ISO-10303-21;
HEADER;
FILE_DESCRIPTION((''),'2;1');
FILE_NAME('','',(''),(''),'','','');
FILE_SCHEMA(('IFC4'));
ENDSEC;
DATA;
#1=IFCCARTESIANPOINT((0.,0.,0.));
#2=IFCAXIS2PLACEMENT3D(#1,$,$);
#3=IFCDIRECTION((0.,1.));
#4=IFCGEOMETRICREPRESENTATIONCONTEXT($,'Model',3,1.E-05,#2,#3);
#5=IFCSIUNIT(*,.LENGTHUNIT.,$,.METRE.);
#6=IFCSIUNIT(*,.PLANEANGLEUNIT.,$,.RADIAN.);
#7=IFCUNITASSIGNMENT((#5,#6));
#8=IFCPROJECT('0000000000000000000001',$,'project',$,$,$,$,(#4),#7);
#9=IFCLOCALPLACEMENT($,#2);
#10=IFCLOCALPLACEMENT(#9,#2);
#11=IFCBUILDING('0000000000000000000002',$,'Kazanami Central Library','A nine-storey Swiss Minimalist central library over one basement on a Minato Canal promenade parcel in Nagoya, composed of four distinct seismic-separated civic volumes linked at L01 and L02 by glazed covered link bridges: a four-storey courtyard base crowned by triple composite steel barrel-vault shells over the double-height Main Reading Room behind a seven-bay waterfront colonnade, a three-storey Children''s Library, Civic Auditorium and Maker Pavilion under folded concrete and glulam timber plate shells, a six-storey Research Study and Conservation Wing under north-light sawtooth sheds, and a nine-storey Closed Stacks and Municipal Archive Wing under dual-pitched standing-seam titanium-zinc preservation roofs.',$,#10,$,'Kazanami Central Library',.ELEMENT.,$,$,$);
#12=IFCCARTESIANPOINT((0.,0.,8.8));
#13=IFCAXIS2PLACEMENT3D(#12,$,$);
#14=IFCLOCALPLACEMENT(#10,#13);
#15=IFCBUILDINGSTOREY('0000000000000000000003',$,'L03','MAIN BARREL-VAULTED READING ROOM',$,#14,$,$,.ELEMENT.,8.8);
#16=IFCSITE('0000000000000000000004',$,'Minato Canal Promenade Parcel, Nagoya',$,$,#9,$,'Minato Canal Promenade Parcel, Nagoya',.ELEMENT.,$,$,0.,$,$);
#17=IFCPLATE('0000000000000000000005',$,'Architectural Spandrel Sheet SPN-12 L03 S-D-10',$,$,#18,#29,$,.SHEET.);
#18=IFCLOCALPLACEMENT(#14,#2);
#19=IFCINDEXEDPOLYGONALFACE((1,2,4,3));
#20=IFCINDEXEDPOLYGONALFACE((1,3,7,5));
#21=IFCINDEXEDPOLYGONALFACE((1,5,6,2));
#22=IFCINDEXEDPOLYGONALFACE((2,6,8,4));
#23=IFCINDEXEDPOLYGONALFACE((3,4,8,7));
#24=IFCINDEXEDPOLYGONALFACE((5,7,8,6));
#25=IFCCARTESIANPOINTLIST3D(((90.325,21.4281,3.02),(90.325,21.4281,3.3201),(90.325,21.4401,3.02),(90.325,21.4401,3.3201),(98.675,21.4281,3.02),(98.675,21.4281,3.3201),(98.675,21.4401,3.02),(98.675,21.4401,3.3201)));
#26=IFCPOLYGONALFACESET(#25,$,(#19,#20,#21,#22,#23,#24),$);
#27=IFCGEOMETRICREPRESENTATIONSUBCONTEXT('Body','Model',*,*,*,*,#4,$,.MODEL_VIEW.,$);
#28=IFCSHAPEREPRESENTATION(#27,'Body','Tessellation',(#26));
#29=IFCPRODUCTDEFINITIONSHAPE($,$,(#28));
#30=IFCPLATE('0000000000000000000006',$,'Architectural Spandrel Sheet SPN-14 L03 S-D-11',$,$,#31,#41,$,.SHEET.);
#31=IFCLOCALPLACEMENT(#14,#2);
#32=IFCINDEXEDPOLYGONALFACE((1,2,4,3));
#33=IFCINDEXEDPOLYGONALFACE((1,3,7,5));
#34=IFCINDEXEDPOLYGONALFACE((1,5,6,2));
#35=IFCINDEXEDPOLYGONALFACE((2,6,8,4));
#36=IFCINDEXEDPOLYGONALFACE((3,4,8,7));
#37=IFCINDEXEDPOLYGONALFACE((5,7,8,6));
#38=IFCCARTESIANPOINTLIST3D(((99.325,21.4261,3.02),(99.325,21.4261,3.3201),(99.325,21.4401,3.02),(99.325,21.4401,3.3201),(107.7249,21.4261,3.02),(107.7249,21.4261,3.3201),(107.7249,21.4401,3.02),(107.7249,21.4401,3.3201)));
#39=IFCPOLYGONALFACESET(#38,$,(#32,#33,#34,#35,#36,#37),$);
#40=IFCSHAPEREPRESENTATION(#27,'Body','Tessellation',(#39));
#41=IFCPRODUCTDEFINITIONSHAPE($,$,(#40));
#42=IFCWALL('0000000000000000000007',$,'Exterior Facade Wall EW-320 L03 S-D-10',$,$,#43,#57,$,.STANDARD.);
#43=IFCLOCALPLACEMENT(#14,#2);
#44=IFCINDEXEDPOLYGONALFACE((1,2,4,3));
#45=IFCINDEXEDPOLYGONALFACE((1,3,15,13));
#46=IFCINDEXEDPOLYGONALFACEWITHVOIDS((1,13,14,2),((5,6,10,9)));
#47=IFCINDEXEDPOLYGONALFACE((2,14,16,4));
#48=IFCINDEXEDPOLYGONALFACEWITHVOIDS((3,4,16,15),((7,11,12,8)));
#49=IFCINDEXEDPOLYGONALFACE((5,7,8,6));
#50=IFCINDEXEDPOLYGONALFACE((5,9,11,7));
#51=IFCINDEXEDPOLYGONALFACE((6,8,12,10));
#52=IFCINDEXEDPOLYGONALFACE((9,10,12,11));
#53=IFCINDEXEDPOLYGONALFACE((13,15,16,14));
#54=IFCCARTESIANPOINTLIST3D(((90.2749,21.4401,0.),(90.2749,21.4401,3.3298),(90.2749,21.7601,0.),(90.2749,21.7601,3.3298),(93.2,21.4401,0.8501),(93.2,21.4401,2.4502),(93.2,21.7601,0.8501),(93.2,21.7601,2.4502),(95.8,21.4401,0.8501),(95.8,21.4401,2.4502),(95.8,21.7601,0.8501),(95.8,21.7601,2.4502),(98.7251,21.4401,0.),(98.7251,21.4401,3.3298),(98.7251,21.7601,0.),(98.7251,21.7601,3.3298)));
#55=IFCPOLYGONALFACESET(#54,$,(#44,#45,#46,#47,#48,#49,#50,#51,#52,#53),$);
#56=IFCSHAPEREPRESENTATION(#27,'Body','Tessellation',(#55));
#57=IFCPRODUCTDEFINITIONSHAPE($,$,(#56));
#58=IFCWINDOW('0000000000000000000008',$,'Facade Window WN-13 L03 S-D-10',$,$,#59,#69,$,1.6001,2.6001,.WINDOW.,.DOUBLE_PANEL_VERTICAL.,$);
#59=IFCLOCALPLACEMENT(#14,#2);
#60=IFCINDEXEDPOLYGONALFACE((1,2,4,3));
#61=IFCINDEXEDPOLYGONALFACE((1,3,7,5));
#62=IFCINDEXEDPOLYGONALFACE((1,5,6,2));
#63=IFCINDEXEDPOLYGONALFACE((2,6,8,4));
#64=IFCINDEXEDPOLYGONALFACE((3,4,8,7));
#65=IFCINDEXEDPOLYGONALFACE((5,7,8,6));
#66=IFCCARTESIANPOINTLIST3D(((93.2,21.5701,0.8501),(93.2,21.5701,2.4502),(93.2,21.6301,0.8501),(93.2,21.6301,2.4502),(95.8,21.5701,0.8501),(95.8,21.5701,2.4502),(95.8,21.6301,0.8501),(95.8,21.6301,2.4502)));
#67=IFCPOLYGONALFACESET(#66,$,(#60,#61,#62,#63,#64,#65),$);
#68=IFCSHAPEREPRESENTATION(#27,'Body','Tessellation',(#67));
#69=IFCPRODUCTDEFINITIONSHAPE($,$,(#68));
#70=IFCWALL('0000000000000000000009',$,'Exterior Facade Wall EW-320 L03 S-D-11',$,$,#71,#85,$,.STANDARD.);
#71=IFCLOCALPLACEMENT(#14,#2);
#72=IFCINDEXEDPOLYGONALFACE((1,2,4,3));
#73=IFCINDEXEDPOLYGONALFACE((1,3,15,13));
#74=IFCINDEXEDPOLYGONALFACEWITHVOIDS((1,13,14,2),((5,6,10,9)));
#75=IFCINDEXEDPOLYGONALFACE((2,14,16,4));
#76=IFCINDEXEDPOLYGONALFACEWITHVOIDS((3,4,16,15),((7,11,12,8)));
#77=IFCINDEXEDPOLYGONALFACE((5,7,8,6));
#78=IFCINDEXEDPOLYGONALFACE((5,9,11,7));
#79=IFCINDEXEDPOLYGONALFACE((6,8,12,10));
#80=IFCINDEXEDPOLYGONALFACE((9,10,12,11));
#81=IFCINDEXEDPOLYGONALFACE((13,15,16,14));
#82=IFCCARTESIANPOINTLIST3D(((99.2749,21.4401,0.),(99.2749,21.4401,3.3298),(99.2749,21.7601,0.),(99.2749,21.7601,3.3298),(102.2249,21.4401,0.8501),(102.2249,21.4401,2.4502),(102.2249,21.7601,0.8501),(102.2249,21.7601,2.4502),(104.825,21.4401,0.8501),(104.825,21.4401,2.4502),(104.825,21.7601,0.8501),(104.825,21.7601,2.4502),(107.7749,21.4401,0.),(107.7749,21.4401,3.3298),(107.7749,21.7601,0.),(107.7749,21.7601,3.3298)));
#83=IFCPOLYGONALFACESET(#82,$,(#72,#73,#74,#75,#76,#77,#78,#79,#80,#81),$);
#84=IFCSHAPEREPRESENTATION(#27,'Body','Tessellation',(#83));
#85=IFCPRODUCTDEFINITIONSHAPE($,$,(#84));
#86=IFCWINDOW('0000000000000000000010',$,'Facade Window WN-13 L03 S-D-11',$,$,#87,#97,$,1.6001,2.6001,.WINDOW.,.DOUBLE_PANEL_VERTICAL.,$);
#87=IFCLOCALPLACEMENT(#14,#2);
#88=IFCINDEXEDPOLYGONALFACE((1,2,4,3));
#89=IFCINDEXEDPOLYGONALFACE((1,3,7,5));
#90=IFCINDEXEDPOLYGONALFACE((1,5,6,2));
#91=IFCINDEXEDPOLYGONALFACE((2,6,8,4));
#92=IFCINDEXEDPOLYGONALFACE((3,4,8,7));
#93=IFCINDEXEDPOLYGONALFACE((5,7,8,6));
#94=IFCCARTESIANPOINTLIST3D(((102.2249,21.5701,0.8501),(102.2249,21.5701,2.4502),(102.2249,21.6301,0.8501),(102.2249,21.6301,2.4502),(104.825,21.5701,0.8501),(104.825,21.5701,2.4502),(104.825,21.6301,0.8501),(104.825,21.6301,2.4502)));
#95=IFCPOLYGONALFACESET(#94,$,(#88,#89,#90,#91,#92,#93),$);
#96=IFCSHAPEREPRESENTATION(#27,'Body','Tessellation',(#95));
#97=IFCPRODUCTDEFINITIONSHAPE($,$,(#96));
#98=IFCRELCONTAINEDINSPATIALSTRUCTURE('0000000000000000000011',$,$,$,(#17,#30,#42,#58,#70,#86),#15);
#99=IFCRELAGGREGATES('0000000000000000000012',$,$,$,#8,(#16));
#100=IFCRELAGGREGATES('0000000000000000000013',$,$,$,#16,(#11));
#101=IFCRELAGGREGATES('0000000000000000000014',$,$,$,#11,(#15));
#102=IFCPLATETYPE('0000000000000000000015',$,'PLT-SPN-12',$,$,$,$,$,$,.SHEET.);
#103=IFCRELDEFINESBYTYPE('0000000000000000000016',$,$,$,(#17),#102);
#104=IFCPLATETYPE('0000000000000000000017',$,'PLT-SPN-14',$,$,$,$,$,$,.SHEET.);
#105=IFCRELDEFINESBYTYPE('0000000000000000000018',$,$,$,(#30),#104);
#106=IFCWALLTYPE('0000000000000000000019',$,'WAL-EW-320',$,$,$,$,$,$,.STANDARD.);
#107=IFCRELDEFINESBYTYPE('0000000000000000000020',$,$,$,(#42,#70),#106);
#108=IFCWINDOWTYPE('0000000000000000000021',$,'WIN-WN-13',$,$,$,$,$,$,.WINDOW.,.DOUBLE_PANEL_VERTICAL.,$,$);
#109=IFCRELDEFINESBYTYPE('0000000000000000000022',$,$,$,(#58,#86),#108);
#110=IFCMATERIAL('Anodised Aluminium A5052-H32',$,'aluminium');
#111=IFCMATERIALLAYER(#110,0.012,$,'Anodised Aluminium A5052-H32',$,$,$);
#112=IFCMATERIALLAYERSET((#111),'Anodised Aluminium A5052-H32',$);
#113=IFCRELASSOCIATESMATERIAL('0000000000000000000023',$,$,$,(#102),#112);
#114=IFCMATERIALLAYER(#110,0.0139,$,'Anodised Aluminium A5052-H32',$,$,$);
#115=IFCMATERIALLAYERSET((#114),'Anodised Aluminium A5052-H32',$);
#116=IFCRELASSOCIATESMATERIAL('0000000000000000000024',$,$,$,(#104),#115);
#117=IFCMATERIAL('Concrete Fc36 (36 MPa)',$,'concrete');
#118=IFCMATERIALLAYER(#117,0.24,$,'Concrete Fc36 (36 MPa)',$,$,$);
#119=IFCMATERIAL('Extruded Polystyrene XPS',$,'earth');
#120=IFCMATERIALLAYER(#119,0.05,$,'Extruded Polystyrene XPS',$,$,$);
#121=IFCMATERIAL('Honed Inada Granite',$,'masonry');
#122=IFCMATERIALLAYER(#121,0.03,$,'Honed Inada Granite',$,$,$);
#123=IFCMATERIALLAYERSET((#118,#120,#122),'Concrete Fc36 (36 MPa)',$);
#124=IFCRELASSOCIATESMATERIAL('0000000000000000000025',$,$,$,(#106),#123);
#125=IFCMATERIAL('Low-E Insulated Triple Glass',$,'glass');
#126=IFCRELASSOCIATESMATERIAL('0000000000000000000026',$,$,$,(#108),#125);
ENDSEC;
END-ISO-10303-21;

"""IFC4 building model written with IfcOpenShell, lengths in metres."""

from ifc_helpers import new_model, si_unit, direction, frame, frame_2d, origin, origin_2d, place, context, subcontext, project, spatial, rectangle, extrude, material, layer, layer_set, type_object, element, fill, save


model = new_model("IFC4")

# Units and contexts
model_context = context("Model", 3, precision=1e-05, world=origin(), true_north=direction((0.0, 1.0)))
body_context = subcontext(model_context, "Body", "Model", "MODEL_VIEW")
ifc_project = project(units=[si_unit("LENGTHUNIT", "METRE"), si_unit("PLANEANGLEUNIT", "RADIAN")], contexts=[model_context])

# Site, building, storey
site_placement = place(None, origin())
site = spatial("IfcSite", under=ifc_project, at=site_placement, Name="Minato Canal Promenade Parcel, Nagoya", LongName="Minato Canal Promenade Parcel, Nagoya", CompositionType="ELEMENT", RefElevation=0.0)
building_placement = place(site_placement, origin())
building = spatial("IfcBuilding", under=site, at=building_placement, Name="Kazanami Central Library", Description="A nine-storey Swiss Minimalist central library over one basement on a Minato Canal promenade parcel in Nagoya, composed of four distinct seismic-separated civic volumes linked at L01 and L02 by glazed covered link bridges: a four-storey courtyard base crowned by triple composite steel barrel-vault shells over the double-height Main Reading Room behind a seven-bay waterfront colonnade, a three-storey Children's Library, Civic Auditorium and Maker Pavilion under folded concrete and glulam timber plate shells, a six-storey Research Study and Conservation Wing under north-light sawtooth sheds, and a nine-storey Closed Stacks and Municipal Archive Wing under dual-pitched standing-seam titanium-zinc preservation roofs.", LongName="Kazanami Central Library", CompositionType="ELEMENT")
storey_placement = place(building_placement, frame((0.0, 0.0, 8.8)))
storey = spatial("IfcBuildingStorey", under=building, at=storey_placement, Name="L03", Description="MAIN BARREL-VAULTED READING ROOM", CompositionType="ELEMENT", Elevation=8.8)

# Shared definitions
ifc_material_1 = material(Name="Low-E Insulated Triple Glass", Category="glass")
ifc_material_2 = material(Name="Anodised Aluminium A5052-H32", Category="aluminium")

# Plates
ifc_layer_1 = layer(ifc_material_2, 0.012, Name="Anodised Aluminium A5052-H32")
ifc_layer_set_1 = layer_set([ifc_layer_1], Name="Anodised Aluminium A5052-H32")
plate_type_1 = type_object("IfcPlateType", Name="PLT-SPN-12", PredefinedType="SHEET", material=ifc_layer_set_1)
plate_1_placement = place(storey_placement, frame((94.5, 21.4341, 3.02), z_axis=(0.0, 0.0, 1.0), x_axis=(1.0, 0.0, 0.0)))
element("IfcPlate", 1, at=plate_1_placement, inside=storey, type_object=plate_type_1, Name="Architectural Spandrel Sheet SPN-12 L03 S-D-10", PredefinedType="SHEET", context=body_context, shape_type="SweptSolid", body=[
    extrude(rectangle(XDim=8.3501, YDim=0.012, at=origin_2d()), origin(), (0.0, 0.0, 1.0), 0.3),
])
ifc_layer_2 = layer(ifc_material_2, 0.0139, Name="Anodised Aluminium A5052-H32")
ifc_layer_set_2 = layer_set([ifc_layer_2], Name="Anodised Aluminium A5052-H32")
plate_type_2 = type_object("IfcPlateType", Name="PLT-SPN-14", PredefinedType="SHEET", material=ifc_layer_set_2)
plate_2_placement = place(storey_placement, frame((103.5249, 21.4331, 3.02), z_axis=(0.0, 0.0, 1.0), x_axis=(1.0, 0.0, 0.0)))
element("IfcPlate", 2, at=plate_2_placement, inside=storey, type_object=plate_type_2, Name="Architectural Spandrel Sheet SPN-14 L03 S-D-11", PredefinedType="SHEET", context=body_context, shape_type="SweptSolid", body=[
    extrude(rectangle(XDim=8.3999, YDim=0.0139, at=origin_2d()), origin(), (0.0, 0.0, 1.0), 0.3),
])

# Walls, openings, windows
ifc_material_3 = material(Name="Concrete Fc36 (36 MPa)", Category="concrete")
ifc_layer_3 = layer(ifc_material_3, 0.24, Name="Concrete Fc36 (36 MPa)")
ifc_material_4 = material(Name="Extruded Polystyrene XPS", Category="earth")
ifc_layer_4 = layer(ifc_material_4, 0.05, Name="Extruded Polystyrene XPS")
ifc_material_5 = material(Name="Honed Inada Granite", Category="masonry")
ifc_layer_5 = layer(ifc_material_5, 0.03, Name="Honed Inada Granite")
ifc_layer_set_3 = layer_set([ifc_layer_3, ifc_layer_4, ifc_layer_5], Name="Concrete Fc36 (36 MPa)")
wall_type = type_object("IfcWallType", Name="WAL-EW-320", PredefinedType="STANDARD", material=ifc_layer_set_3)
wall_1_placement = place(storey_placement, frame((90.2749, 21.6001, 0.0), z_axis=(0.0, 0.0, 1.0), x_axis=(1.0, 0.0, 0.0)))
wall_1 = element("IfcWall", 3, at=wall_1_placement, inside=storey, type_object=wall_type, Name="Exterior Facade Wall EW-320 L03 S-D-10", PredefinedType="STANDARD", context=body_context, shape_type="SweptSolid", body=[
    extrude(rectangle(XDim=8.4502, YDim=0.3201, at=frame_2d((4.2251, 0.0))), origin(), (0.0, 0.0, 1.0), 3.3298),
])
opening_1_placement = place(wall_1_placement, frame((2.925, 0.0, 0.8501)))
opening_1 = element("IfcOpeningElement", 4, at=opening_1_placement, cuts=wall_1, PredefinedType="OPENING", context=body_context, shape_type="SweptSolid", body=[
    extrude(rectangle(XDim=2.6001, YDim=1.6001, at=frame_2d((1.3, 0.8))), frame((0.0, 0.1719, 0.0), z_axis=(0.0, -1.0, 0.0), x_axis=(1.0, 0.0, 0.0)), (0.0, 0.0, 1.0), 0.344),
])
window_type = type_object("IfcWindowType", Name="WIN-WN-13", PartitioningType="DOUBLE_PANEL_VERTICAL", PredefinedType="WINDOW", material=ifc_material_1)
window_1_placement = place(opening_1_placement, origin())
window_1 = element("IfcWindow", 5, at=window_1_placement, inside=storey, type_object=window_type, Name="Facade Window WN-13 L03 S-D-10", OverallHeight=1.6001, OverallWidth=2.6001, PartitioningType="DOUBLE_PANEL_VERTICAL", PredefinedType="WINDOW", context=body_context, shape_type="SweptSolid", body=[
    extrude(rectangle(XDim=2.6001, YDim=1.6001, at=frame_2d((1.3, 0.8))), frame((0.0, 0.03, 0.0), z_axis=(0.0, -1.0, 0.0), x_axis=(1.0, 0.0, 0.0)), (0.0, 0.0, 1.0), 0.0601),
])
fill(opening_1, window_1)
wall_2_placement = place(storey_placement, frame((99.2749, 21.6001, 0.0), z_axis=(0.0, 0.0, 1.0), x_axis=(1.0, 0.0, 0.0)))
wall_2 = element("IfcWall", 6, at=wall_2_placement, inside=storey, type_object=wall_type, Name="Exterior Facade Wall EW-320 L03 S-D-11", PredefinedType="STANDARD", context=body_context, shape_type="SweptSolid", body=[
    extrude(rectangle(XDim=8.5, YDim=0.3201, at=frame_2d((4.25, 0.0))), origin(), (0.0, 0.0, 1.0), 3.3298),
])
opening_2_placement = place(wall_2_placement, frame((2.95, 0.0, 0.8501)))
opening_2 = element("IfcOpeningElement", 7, at=opening_2_placement, cuts=wall_2, PredefinedType="OPENING", context=body_context, shape_type="SweptSolid", body=[
    extrude(rectangle(XDim=2.6001, YDim=1.6001, at=frame_2d((1.3, 0.8))), frame((0.0, 0.1719, 0.0), z_axis=(0.0, -1.0, 0.0), x_axis=(1.0, 0.0, 0.0)), (0.0, 0.0, 1.0), 0.344),
])
window_2_placement = place(opening_2_placement, origin())
window_2 = element("IfcWindow", 8, at=window_2_placement, inside=storey, type_object=window_type, Name="Facade Window WN-13 L03 S-D-11", OverallHeight=1.6001, OverallWidth=2.6001, PartitioningType="DOUBLE_PANEL_VERTICAL", PredefinedType="WINDOW", context=body_context, shape_type="SweptSolid", body=[
    extrude(rectangle(XDim=2.6001, YDim=1.6001, at=frame_2d((1.3, 0.8))), frame((0.0, 0.03, 0.0), z_axis=(0.0, -1.0, 0.0), x_axis=(1.0, 0.0, 0.0)), (0.0, 0.0, 1.0), 0.0601),
])
fill(opening_2, window_2)

save(model, "model.ifc")
